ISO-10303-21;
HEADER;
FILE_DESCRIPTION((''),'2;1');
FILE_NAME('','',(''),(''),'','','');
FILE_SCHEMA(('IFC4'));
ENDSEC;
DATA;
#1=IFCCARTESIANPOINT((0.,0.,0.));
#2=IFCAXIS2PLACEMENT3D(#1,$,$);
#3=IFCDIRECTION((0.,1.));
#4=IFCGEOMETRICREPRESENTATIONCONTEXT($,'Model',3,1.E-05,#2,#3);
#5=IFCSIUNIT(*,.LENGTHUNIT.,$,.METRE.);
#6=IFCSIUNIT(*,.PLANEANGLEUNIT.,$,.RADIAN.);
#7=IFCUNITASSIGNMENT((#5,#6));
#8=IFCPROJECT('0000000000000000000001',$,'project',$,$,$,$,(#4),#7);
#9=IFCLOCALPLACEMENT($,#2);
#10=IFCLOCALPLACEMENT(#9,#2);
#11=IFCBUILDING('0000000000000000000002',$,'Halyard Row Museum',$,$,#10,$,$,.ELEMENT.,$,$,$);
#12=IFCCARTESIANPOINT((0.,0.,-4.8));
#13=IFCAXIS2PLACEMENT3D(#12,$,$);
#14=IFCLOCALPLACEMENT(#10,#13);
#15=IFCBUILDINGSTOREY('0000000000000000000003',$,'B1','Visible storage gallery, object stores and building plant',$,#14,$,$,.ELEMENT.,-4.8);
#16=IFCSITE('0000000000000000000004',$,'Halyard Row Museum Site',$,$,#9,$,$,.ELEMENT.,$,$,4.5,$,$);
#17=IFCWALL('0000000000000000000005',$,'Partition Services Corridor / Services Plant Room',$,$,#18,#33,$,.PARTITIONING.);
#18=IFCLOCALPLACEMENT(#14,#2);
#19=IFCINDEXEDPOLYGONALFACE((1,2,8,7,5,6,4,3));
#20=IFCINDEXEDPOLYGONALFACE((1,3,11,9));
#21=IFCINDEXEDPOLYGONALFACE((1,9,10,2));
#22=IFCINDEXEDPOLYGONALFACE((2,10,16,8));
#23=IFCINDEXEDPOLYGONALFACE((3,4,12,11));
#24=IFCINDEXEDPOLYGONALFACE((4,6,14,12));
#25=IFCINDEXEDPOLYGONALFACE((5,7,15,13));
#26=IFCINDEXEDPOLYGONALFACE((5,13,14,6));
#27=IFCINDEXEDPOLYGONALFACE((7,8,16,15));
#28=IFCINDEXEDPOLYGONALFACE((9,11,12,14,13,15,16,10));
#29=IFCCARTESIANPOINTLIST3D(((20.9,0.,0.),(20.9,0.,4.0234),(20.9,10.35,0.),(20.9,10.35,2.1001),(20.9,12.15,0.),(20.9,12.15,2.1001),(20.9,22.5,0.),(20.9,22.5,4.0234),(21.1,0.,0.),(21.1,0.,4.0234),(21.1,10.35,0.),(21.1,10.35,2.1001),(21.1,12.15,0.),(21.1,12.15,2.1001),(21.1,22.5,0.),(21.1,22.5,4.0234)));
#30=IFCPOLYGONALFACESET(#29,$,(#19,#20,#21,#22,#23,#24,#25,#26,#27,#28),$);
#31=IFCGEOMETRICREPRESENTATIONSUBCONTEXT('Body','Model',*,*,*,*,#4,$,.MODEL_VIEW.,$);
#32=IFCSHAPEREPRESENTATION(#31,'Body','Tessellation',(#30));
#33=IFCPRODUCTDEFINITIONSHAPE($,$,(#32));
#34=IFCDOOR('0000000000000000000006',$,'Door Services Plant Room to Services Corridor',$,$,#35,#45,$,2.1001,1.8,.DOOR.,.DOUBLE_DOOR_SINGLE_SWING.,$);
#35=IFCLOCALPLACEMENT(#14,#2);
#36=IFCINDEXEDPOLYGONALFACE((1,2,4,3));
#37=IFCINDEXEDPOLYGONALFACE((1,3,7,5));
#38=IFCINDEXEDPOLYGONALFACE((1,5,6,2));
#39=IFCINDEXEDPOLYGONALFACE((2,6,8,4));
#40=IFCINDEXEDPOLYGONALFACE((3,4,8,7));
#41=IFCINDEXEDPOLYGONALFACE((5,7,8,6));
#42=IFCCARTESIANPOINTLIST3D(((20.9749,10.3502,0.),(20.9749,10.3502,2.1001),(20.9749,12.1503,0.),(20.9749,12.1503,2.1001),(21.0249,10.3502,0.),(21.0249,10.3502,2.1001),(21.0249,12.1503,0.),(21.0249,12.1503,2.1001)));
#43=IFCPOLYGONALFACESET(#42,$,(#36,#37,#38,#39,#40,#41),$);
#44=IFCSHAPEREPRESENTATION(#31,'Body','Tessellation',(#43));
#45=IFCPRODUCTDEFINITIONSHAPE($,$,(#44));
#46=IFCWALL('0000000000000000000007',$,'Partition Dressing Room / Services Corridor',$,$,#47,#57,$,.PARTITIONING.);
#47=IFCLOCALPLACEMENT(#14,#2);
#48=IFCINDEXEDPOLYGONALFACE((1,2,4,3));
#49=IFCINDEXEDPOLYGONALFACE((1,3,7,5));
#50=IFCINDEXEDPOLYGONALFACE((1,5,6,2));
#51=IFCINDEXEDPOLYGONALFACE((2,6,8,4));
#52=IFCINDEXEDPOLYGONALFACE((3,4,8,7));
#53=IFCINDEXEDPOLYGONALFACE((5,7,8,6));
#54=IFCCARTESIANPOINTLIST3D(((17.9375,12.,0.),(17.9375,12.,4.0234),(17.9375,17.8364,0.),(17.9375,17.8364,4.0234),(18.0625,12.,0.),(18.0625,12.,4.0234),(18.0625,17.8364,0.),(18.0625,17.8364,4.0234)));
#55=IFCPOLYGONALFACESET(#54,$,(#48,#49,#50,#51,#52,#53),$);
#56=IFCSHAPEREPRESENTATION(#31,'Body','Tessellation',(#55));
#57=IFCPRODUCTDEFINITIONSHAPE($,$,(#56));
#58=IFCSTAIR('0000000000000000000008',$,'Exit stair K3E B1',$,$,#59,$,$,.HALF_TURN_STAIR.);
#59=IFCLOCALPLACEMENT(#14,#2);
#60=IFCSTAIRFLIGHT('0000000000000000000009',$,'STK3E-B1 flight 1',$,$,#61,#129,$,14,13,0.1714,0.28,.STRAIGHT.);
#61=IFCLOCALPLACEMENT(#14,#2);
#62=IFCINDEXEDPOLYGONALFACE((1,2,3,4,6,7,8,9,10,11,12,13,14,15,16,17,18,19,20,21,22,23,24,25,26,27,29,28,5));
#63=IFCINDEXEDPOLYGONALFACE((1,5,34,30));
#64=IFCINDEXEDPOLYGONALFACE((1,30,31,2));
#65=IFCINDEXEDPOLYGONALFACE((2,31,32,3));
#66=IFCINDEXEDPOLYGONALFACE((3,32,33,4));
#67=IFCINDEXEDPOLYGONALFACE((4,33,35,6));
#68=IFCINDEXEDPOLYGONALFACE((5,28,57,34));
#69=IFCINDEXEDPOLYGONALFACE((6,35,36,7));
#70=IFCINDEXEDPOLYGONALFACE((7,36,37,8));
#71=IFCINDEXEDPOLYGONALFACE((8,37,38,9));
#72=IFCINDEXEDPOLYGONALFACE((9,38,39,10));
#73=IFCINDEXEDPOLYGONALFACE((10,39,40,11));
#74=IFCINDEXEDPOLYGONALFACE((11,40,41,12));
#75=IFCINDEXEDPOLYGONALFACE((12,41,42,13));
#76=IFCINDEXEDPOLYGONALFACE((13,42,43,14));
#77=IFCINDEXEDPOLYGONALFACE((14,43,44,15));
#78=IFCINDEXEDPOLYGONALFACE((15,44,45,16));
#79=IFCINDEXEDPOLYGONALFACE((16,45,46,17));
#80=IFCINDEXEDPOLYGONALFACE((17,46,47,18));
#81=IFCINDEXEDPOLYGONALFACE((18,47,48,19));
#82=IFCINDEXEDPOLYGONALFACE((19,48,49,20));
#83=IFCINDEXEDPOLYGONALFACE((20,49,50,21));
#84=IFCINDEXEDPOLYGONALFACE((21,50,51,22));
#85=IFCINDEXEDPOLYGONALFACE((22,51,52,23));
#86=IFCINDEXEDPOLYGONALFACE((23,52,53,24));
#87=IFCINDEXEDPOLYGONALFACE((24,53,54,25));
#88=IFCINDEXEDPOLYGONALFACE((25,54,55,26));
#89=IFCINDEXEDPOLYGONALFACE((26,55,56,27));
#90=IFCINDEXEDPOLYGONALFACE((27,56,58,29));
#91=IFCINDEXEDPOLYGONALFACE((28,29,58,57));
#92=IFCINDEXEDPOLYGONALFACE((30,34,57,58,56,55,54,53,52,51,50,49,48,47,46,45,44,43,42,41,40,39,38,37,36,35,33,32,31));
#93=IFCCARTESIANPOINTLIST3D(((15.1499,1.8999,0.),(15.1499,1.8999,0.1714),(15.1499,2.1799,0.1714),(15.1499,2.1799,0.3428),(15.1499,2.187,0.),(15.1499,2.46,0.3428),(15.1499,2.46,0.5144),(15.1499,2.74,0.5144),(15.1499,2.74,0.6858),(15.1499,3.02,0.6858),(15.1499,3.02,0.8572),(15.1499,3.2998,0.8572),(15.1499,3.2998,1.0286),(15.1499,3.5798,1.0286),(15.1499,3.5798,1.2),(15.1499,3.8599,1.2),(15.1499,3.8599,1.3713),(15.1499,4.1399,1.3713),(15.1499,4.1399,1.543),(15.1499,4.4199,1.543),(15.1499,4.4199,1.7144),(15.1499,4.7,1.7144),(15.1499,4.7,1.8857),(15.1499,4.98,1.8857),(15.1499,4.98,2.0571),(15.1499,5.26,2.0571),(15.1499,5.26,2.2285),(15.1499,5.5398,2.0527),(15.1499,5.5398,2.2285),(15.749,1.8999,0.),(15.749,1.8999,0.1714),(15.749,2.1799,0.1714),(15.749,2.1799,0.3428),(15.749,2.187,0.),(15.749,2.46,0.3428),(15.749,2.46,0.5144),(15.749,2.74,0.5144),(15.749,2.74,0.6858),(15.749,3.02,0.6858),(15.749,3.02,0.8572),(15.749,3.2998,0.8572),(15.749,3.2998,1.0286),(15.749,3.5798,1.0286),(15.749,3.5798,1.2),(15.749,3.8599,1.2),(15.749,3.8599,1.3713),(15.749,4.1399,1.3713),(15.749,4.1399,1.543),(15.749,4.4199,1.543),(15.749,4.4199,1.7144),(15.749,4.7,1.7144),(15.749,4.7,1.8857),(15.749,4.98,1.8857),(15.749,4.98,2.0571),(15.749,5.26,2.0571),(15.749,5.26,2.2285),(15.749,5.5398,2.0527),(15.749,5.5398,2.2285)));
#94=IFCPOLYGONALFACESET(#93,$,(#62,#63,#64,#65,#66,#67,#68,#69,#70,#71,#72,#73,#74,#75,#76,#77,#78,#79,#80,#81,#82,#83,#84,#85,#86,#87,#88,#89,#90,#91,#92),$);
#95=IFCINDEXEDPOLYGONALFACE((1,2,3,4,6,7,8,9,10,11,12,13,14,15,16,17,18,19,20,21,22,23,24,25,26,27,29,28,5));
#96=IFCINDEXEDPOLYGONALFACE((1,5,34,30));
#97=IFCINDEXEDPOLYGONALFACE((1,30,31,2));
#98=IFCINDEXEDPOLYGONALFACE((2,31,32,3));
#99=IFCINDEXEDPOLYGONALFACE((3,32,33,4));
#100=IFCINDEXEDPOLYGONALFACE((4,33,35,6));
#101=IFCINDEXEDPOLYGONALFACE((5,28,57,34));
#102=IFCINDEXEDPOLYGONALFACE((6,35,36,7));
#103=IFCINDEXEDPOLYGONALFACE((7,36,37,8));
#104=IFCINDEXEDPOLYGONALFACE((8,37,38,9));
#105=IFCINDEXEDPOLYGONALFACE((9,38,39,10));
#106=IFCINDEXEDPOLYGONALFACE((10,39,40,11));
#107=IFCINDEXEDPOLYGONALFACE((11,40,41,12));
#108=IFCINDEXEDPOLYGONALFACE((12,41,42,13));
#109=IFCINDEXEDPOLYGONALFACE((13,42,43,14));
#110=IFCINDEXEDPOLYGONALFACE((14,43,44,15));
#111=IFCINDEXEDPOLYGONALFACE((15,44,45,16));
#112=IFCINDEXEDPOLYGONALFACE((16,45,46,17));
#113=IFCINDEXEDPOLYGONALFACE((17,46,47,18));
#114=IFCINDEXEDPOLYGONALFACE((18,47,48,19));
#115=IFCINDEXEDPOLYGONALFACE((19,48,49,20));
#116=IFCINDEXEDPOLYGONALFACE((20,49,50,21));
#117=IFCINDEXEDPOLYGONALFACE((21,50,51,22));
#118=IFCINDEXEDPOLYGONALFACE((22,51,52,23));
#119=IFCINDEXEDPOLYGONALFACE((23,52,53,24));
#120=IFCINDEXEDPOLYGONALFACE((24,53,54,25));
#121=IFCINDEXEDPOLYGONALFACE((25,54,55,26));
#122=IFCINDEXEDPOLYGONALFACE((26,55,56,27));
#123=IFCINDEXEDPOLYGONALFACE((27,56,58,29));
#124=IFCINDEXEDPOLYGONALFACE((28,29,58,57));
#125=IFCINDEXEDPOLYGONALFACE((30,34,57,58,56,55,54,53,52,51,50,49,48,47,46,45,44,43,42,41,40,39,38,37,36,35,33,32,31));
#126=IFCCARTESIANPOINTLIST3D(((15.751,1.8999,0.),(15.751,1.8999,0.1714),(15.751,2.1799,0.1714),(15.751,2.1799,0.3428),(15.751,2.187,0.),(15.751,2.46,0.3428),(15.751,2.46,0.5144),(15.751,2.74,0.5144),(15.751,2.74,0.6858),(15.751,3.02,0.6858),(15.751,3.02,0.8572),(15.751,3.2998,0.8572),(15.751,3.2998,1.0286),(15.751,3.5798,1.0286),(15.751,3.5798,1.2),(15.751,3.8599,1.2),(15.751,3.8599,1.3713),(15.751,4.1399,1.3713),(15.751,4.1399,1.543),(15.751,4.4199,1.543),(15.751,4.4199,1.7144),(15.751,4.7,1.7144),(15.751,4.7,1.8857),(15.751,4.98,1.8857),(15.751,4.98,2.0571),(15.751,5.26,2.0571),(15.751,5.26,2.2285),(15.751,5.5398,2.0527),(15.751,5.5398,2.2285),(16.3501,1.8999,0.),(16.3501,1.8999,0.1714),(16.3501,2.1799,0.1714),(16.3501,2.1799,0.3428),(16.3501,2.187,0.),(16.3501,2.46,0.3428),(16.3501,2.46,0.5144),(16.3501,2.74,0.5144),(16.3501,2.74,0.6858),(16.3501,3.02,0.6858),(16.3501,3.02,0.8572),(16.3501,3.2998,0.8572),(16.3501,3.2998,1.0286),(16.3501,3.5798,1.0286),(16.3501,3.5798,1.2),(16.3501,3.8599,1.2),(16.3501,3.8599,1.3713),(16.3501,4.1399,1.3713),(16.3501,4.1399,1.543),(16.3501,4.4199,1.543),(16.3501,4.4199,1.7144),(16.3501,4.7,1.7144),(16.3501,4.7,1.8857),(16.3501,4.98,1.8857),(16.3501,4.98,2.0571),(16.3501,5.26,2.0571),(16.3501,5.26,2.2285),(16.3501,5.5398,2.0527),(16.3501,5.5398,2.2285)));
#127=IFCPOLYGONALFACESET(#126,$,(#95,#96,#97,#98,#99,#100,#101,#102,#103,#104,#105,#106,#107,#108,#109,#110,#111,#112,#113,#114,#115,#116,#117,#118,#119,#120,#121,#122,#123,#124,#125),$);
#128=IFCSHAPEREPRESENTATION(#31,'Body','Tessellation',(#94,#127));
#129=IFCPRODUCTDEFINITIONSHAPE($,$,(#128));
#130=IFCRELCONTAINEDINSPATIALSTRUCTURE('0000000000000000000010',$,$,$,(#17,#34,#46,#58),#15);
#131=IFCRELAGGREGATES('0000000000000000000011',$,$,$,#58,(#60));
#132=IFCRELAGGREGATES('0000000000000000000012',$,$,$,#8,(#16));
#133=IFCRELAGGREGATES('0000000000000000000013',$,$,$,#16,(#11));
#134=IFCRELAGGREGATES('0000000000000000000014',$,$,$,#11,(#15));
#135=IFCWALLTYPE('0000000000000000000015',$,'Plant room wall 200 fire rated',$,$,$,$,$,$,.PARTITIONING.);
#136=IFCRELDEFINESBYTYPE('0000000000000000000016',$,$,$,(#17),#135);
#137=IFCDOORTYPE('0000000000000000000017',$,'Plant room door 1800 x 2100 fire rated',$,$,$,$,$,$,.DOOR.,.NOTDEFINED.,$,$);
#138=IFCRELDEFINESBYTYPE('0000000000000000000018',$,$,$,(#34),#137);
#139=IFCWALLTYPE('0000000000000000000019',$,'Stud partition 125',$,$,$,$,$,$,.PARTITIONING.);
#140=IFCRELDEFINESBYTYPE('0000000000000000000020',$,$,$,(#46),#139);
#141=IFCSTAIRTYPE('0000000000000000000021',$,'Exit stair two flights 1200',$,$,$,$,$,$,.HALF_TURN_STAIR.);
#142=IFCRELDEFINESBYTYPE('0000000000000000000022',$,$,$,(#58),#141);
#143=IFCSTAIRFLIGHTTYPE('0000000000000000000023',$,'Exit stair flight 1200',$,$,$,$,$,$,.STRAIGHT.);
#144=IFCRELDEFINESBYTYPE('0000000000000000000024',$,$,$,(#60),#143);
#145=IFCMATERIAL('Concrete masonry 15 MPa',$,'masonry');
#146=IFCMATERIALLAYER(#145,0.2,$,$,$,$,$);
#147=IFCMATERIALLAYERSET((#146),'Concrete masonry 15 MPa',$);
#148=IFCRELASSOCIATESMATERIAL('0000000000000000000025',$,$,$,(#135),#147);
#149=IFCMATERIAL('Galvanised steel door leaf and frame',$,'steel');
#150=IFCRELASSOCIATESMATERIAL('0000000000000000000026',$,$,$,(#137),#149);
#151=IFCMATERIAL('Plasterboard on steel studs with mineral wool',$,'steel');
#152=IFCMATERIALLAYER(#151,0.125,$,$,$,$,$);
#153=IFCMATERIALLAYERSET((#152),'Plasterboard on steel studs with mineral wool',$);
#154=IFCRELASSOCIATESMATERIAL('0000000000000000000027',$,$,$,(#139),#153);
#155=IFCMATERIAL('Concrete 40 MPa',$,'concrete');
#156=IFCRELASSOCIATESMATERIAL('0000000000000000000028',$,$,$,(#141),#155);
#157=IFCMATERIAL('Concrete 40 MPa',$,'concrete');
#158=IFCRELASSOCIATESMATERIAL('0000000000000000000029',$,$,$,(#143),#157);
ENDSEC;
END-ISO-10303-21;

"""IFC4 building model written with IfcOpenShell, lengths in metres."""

from ifc_helpers import new_model, si_unit, direction, frame, frame_2d, origin, place, context, subcontext, project, spatial, polyline, rectangle, outline, extrude, material, layer, layer_set, type_object, element, fill, aggregate, save


model = new_model("IFC4")

# Units and contexts
model_context = context("Model", 3, precision=1e-05, world=origin(), true_north=direction((0.0, 1.0)))
body_context = subcontext(model_context, "Body", "Model", "MODEL_VIEW")
ifc_project = project(units=[si_unit("LENGTHUNIT", "METRE"), si_unit("PLANEANGLEUNIT", "RADIAN")], contexts=[model_context])

# Site, building, storey
site_placement = place(None, origin())
site = spatial("IfcSite", under=ifc_project, at=site_placement, Name="Halyard Row Museum Site", CompositionType="ELEMENT", RefElevation=4.5)
building_placement = place(site_placement, origin())
building = spatial("IfcBuilding", under=site, at=building_placement, Name="Halyard Row Museum", CompositionType="ELEMENT")
storey_placement = place(building_placement, frame((0.0, 0.0, -4.8)))
storey = spatial("IfcBuildingStorey", under=building, at=storey_placement, Name="B1", Description="Visible storage gallery, object stores and building plant", CompositionType="ELEMENT", Elevation=-4.8)

# Wall, opening, door
ifc_material_1 = material(Name="Concrete masonry 15 MPa", Category="masonry")
ifc_layer_1 = layer(ifc_material_1, 0.2)
ifc_layer_set_1 = layer_set([ifc_layer_1], Name="Concrete masonry 15 MPa")
wall_type_1 = type_object("IfcWallType", Name="Plant room wall 200 fire rated", PredefinedType="PARTITIONING", material=ifc_layer_set_1)
wall_1_placement = place(storey_placement, frame((21.0, 0.0, 0.0), z_axis=(0.0, 0.0, 1.0), x_axis=(0.0, 1.0, 0.0)))
wall_1 = element("IfcWall", 1, at=wall_1_placement, inside=storey, type_object=wall_type_1, Name="Partition Services Corridor / Services Plant Room", PredefinedType="PARTITIONING", context=body_context, shape_type="SweptSolid", body=[
    extrude(rectangle(XDim=22.5, YDim=0.2, at=frame_2d((11.25, 0.0))), origin(), (0.0, 0.0, 1.0), 4.0234),
])
opening_1_placement = place(wall_1_placement, frame((10.3501, 0.0, 0.0)))
opening_1 = element("IfcOpeningElement", 2, at=opening_1_placement, cuts=wall_1, PredefinedType="OPENING", context=body_context, shape_type="SweptSolid", body=[
    extrude(rectangle(XDim=1.8, YDim=2.1001, at=frame_2d((0.8999, 1.05))), frame((0.0, 0.1099, 0.0), z_axis=(0.0, -1.0, 0.0), x_axis=(1.0, 0.0, 0.0)), (0.0, 0.0, 1.0), 0.22),
])
ifc_material_2 = material(Name="Galvanised steel door leaf and frame", Category="steel")
door_type_1 = type_object("IfcDoorType", Name="Plant room door 1800 x 2100 fire rated", OperationType="NOTDEFINED", PredefinedType="DOOR", material=ifc_material_2)
door_1_placement = place(opening_1_placement, frame((1.8, 0.0, 0.0), z_axis=(0.0, 0.0, 1.0), x_axis=(-1.0, 0.0, 0.0)))
door_1 = element("IfcDoor", 3, at=door_1_placement, inside=storey, type_object=door_type_1, Name="Door Services Plant Room to Services Corridor", OperationType="DOUBLE_DOOR_SINGLE_SWING", OverallHeight=2.1001, OverallWidth=1.8, PredefinedType="DOOR", context=body_context, shape_type="SweptSolid", body=[
    extrude(rectangle(XDim=1.8, YDim=2.1001, at=frame_2d((0.8999, 1.05))), frame((0.0, 0.0249, 0.0), z_axis=(0.0, -1.0, 0.0), x_axis=(1.0, 0.0, 0.0)), (0.0, 0.0, 1.0), 0.05),
])
fill(opening_1, door_1)

# Wall
ifc_material_3 = material(Name="Plasterboard on steel studs with mineral wool", Category="steel")
ifc_layer_2 = layer(ifc_material_3, 0.125)
ifc_layer_set_2 = layer_set([ifc_layer_2], Name="Plasterboard on steel studs with mineral wool")
wall_type_2 = type_object("IfcWallType", Name="Stud partition 125", PredefinedType="PARTITIONING", material=ifc_layer_set_2)
wall_2_placement = place(storey_placement, frame((18.0, 12.0, 0.0), z_axis=(0.0, 0.0, 1.0), x_axis=(0.0, 1.0, 0.0)))
element("IfcWall", 4, at=wall_2_placement, inside=storey, type_object=wall_type_2, Name="Partition Dressing Room / Services Corridor", PredefinedType="PARTITIONING", context=body_context, shape_type="SweptSolid", body=[
    extrude(rectangle(XDim=5.8364, YDim=0.125, at=frame_2d((2.9182, 0.0))), origin(), (0.0, 0.0, 1.0), 4.0234),
])

# Stair, stair flight
ifc_material_4 = material(Name="Concrete 40 MPa", Category="concrete")
stair_type = type_object("IfcStairType", Name="Exit stair two flights 1200", PredefinedType="HALF_TURN_STAIR", material=ifc_material_4)
stair_placement = place(storey_placement, origin())
stair = element("IfcStair", 5, at=stair_placement, inside=storey, type_object=stair_type, Name="Exit stair K3E B1", PredefinedType="HALF_TURN_STAIR")
ifc_material_5 = material(Name="Concrete 40 MPa", Category="concrete")
stair_flight_type = type_object("IfcStairFlightType", Name="Exit stair flight 1200", PredefinedType="STRAIGHT", material=ifc_material_5)
stair_flight_placement = place(storey_placement, frame((15.75, 1.8999, 0.0), z_axis=(0.0, 0.0, 1.0), x_axis=(0.0, 1.0, 0.0)))
stair_flight = element("IfcStairFlight", 6, at=stair_flight_placement, type_object=stair_flight_type, Name="STK3E-B1 flight 1", NumberOfRisers=14, NumberOfTreads=13, PredefinedType="STRAIGHT", RiserHeight=0.1714, TreadLength=0.28, context=body_context, shape_type="SweptSolid", body=[
    extrude(outline(polyline([(0.0, 0.0), (0.0, 0.1714), (0.28, 0.1714), (0.28, 0.3428), (0.5601, 0.3428), (0.5601, 0.5144), (0.8401, 0.5144), (0.8401, 0.6858), (1.1201, 0.6858), (1.1201, 0.8572), (1.3999, 0.8572), (1.3999, 1.0286), (1.6799, 1.0286), (1.6799, 1.2), (1.96, 1.2), (1.96, 1.3713), (2.24, 1.3713), (2.24, 1.543), (2.52, 1.543), (2.52, 1.7144), (2.8, 1.7144), (2.8, 1.8857), (3.0801, 1.8857), (3.0801, 2.0571), (3.3601, 2.0571), (3.3601, 2.2285), (3.6399, 2.2285), (3.6399, 2.3999), (3.6399, 2.0527), (0.2871, 0.0), (0.0, 0.0)])), frame((0.0, 0.6001, 0.0), z_axis=(0.0, -1.0, 0.0), x_axis=(1.0, 0.0, 0.0)), (0.0, 0.0, 1.0), 0.5991),
    extrude(outline(polyline([(0.0, 0.0), (0.0, 0.1714), (0.28, 0.1714), (0.28, 0.3428), (0.5601, 0.3428), (0.5601, 0.5144), (0.8401, 0.5144), (0.8401, 0.6858), (1.1201, 0.6858), (1.1201, 0.8572), (1.3999, 0.8572), (1.3999, 1.0286), (1.6799, 1.0286), (1.6799, 1.2), (1.96, 1.2), (1.96, 1.3713), (2.24, 1.3713), (2.24, 1.543), (2.52, 1.543), (2.52, 1.7144), (2.8, 1.7144), (2.8, 1.8857), (3.0801, 1.8857), (3.0801, 2.0571), (3.3601, 2.0571), (3.3601, 2.2285), (3.6399, 2.2285), (3.6399, 2.3999), (3.6399, 2.0527), (0.2871, 0.0), (0.0, 0.0)])), frame((0.0, -0.001, 0.0), z_axis=(0.0, -1.0, 0.0), x_axis=(1.0, 0.0, 0.0)), (0.0, 0.0, 1.0), 0.5991),
])
aggregate(stair, [stair_flight])

save(model, "model.ifc")
